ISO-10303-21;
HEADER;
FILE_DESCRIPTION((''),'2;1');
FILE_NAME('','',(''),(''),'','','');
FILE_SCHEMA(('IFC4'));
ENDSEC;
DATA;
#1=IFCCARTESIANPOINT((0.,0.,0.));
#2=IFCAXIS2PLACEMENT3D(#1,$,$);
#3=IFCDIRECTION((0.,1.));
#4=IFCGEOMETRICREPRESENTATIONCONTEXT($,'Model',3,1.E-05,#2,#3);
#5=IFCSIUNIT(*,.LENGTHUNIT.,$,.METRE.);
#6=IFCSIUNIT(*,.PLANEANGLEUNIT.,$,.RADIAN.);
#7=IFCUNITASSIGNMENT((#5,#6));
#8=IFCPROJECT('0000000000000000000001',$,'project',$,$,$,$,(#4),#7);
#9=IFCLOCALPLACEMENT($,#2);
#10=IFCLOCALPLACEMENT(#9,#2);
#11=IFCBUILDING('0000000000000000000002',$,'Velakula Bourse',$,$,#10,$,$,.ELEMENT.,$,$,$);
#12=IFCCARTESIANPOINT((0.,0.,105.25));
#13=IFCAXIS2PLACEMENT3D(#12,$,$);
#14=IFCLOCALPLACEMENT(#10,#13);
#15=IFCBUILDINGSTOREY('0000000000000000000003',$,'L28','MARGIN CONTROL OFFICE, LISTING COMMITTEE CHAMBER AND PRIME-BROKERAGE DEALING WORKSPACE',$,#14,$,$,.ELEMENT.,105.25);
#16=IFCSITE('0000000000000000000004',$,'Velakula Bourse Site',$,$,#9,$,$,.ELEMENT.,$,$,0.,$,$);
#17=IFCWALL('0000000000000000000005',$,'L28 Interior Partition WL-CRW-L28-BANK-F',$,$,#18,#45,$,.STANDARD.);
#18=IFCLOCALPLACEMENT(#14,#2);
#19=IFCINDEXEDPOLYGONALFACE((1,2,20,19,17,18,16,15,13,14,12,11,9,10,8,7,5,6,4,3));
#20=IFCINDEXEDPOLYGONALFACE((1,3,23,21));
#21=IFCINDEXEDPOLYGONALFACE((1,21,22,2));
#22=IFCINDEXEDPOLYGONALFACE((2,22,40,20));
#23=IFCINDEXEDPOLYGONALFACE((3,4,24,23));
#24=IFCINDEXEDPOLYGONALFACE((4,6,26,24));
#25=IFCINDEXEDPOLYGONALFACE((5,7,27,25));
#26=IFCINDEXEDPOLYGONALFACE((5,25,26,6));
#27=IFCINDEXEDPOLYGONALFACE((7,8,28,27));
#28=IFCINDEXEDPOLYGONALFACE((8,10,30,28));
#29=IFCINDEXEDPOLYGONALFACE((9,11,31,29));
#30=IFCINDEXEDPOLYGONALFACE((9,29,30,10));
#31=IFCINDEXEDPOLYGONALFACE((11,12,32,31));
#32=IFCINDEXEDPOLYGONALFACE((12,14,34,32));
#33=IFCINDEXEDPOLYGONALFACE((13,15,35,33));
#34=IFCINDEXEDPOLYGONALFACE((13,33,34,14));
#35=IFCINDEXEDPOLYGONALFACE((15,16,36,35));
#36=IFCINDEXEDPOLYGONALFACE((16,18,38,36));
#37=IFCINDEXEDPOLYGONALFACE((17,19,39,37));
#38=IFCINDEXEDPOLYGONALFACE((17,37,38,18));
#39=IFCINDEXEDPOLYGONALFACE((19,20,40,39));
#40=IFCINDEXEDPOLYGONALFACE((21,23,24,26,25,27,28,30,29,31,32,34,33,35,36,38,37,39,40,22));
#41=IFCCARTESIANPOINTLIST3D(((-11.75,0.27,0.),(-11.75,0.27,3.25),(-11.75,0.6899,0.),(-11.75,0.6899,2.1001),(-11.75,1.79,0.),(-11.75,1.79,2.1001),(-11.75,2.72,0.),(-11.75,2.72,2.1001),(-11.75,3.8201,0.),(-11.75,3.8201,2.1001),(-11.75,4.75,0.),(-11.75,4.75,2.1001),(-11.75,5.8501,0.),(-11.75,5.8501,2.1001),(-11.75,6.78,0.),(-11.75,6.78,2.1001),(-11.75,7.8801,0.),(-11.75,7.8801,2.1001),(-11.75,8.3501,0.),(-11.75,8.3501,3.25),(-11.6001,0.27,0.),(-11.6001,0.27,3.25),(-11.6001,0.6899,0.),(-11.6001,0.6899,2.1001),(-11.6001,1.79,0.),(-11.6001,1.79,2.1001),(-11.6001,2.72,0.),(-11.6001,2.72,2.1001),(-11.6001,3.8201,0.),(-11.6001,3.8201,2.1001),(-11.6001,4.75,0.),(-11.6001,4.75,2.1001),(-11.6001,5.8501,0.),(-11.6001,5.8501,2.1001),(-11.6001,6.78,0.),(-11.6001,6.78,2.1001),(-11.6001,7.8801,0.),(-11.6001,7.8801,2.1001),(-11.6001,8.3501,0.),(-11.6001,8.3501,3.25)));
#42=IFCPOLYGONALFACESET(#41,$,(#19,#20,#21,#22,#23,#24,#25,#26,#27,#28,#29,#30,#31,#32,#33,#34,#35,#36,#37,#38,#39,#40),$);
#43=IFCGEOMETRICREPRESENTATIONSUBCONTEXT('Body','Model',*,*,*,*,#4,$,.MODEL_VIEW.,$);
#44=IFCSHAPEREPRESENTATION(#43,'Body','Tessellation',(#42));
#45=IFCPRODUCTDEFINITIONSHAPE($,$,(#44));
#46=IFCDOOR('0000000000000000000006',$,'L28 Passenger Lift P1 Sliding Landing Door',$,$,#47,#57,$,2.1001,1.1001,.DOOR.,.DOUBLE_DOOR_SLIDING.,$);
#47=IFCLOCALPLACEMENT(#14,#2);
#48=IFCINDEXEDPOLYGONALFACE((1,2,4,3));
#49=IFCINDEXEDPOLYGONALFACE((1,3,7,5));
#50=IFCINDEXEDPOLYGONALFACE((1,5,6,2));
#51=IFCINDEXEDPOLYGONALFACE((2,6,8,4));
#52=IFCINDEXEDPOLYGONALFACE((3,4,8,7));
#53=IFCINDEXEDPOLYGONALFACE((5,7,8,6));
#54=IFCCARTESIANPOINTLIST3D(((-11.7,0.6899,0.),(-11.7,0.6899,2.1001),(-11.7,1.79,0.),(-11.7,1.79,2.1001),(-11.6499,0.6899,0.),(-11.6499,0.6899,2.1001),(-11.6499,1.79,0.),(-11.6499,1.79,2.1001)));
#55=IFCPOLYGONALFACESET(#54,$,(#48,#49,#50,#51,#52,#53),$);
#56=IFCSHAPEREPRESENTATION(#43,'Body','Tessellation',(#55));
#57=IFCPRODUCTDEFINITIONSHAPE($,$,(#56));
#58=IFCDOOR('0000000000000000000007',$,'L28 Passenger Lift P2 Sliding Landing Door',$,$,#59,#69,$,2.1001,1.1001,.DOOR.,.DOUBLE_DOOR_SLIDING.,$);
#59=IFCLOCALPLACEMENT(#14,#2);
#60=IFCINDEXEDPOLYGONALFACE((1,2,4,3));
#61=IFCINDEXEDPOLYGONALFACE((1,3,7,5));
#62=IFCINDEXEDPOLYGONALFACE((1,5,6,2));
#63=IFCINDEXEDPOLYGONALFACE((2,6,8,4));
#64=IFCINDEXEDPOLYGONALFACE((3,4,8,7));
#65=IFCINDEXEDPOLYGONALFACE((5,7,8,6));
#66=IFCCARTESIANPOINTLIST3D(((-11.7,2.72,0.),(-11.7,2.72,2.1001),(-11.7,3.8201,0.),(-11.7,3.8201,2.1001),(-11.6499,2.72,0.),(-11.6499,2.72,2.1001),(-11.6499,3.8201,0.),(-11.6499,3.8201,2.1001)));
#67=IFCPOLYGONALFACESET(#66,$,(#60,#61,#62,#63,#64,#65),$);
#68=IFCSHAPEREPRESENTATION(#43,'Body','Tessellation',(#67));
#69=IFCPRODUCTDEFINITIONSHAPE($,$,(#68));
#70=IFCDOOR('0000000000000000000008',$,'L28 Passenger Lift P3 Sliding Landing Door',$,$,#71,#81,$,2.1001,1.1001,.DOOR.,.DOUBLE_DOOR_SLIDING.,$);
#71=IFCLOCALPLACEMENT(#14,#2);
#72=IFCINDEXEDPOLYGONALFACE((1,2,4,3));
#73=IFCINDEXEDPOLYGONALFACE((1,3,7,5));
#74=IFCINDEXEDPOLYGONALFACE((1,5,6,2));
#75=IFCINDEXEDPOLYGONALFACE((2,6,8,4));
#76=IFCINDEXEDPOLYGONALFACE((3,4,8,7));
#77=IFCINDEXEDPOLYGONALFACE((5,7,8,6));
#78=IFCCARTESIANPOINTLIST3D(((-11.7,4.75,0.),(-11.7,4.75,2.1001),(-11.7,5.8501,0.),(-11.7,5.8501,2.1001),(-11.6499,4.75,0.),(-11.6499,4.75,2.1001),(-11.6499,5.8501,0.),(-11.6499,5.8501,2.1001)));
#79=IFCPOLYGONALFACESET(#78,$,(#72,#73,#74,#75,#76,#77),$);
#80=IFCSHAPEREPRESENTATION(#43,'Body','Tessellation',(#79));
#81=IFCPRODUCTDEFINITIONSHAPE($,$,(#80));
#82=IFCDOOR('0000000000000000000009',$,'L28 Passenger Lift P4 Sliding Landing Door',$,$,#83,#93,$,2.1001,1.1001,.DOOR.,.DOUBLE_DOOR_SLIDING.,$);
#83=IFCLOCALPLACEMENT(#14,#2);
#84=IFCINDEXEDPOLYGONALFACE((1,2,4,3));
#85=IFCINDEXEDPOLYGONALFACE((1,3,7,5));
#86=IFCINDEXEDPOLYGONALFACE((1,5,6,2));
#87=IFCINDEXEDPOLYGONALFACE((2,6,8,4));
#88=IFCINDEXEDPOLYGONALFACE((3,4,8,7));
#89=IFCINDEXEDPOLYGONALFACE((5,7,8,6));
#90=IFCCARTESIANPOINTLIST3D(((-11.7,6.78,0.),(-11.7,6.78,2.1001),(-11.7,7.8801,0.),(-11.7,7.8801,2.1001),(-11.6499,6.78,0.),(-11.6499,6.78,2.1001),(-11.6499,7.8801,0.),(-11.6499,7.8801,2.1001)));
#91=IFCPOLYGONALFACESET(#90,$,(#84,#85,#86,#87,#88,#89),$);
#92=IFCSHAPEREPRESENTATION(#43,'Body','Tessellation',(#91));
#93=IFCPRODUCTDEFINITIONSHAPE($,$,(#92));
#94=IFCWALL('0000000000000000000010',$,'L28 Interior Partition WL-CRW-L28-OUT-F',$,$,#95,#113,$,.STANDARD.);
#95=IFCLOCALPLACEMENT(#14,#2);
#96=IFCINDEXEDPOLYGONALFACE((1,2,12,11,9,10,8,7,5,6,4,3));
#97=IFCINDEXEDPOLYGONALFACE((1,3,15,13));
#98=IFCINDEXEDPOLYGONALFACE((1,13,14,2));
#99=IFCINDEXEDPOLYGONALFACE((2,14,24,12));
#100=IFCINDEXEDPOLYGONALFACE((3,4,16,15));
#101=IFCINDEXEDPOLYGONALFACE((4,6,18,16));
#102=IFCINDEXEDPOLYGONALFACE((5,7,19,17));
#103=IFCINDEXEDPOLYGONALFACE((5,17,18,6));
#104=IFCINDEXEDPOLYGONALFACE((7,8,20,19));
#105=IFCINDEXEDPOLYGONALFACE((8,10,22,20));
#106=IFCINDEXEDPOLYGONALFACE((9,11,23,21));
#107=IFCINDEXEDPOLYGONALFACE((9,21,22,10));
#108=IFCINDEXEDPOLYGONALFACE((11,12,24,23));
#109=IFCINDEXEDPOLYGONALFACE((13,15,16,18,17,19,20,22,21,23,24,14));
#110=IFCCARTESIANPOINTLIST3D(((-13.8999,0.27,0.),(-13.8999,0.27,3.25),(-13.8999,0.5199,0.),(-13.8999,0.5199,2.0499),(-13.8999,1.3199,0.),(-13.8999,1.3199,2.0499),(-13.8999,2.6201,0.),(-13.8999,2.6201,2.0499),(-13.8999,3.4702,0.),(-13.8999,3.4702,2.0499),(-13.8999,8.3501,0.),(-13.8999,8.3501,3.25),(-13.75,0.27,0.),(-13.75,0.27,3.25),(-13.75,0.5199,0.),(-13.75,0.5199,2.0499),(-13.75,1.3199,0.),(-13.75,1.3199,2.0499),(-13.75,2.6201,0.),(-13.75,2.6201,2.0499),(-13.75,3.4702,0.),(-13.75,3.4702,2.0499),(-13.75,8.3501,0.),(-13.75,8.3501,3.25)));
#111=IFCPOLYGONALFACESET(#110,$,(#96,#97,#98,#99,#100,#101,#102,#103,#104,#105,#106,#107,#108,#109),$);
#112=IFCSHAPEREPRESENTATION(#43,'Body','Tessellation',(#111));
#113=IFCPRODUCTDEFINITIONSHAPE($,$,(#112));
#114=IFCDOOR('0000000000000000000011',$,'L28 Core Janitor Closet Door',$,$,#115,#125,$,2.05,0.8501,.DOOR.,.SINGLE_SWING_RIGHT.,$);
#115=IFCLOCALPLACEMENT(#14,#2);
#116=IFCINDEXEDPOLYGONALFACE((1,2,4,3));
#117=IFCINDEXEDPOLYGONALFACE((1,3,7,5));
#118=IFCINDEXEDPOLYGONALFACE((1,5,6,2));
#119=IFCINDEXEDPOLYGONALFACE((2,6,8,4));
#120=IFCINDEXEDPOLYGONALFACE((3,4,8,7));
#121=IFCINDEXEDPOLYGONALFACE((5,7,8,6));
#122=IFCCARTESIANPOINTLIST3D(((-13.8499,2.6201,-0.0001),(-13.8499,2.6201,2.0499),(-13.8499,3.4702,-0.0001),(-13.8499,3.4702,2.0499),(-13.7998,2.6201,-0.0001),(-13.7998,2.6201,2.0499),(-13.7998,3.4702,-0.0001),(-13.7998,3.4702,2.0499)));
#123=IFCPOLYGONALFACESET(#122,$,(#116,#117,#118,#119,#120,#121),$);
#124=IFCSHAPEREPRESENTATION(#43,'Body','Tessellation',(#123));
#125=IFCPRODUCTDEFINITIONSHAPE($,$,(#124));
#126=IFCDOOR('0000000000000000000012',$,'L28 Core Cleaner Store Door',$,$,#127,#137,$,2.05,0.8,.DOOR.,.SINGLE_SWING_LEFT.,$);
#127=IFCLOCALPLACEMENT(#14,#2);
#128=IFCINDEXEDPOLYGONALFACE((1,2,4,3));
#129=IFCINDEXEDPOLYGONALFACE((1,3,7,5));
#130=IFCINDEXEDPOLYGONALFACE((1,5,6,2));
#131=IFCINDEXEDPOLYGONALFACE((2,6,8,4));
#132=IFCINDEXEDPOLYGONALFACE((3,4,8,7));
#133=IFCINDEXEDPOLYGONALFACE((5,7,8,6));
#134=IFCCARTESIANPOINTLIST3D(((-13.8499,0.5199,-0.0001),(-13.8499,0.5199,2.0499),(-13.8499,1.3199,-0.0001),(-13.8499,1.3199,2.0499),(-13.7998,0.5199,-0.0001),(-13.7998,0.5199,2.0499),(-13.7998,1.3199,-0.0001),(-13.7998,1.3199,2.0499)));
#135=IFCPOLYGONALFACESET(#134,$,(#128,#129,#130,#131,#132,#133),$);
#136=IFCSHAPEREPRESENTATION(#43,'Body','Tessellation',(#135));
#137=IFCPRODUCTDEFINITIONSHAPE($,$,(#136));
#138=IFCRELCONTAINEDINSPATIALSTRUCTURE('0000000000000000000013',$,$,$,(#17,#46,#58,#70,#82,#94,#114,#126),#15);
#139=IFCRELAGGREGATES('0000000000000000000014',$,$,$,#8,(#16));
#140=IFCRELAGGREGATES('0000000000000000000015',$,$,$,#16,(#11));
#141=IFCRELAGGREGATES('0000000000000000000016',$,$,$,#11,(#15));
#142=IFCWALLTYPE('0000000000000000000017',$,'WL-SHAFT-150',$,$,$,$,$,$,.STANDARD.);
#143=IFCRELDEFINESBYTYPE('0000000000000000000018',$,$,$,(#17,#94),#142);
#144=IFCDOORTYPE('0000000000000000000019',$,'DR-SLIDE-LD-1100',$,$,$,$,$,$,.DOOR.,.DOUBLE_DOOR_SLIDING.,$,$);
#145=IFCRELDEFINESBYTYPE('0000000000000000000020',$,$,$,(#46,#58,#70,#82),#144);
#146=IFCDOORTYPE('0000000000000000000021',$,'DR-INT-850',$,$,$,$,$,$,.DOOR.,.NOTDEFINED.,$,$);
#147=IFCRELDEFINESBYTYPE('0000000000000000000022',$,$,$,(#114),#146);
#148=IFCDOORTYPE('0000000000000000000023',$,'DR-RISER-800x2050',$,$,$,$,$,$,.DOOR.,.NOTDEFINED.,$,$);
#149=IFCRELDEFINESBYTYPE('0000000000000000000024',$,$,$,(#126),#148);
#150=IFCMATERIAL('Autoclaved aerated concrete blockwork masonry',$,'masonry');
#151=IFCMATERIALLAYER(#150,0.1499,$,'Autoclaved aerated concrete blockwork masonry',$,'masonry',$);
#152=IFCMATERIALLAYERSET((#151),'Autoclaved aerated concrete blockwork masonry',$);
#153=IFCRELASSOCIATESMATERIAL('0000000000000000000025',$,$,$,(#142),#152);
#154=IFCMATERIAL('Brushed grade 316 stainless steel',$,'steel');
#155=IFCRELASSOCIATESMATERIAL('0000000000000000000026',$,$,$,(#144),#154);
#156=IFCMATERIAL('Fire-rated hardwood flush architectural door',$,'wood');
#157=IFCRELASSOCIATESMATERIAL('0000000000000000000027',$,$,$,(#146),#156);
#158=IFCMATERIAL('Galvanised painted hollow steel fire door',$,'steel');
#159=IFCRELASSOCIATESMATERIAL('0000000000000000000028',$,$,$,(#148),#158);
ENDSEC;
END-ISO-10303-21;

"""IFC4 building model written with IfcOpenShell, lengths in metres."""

from ifc_helpers import new_model, si_unit, direction, frame, frame_2d, origin, place, context, subcontext, project, spatial, rectangle, extrude, material, layer, layer_set, type_object, element, fill, save


model = new_model("IFC4")

# Units and contexts
model_context = context("Model", 3, precision=1e-05, world=origin(), true_north=direction((0.0, 1.0)))
body_context = subcontext(model_context, "Body", "Model", "MODEL_VIEW")
ifc_project = project(units=[si_unit("LENGTHUNIT", "METRE"), si_unit("PLANEANGLEUNIT", "RADIAN")], contexts=[model_context])

# Site, building, storey
site_placement = place(None, origin())
site = spatial("IfcSite", under=ifc_project, at=site_placement, Name="Velakula Bourse Site", CompositionType="ELEMENT", RefElevation=0.0)
building_placement = place(site_placement, origin())
building = spatial("IfcBuilding", under=site, at=building_placement, Name="Velakula Bourse", CompositionType="ELEMENT")
storey_placement = place(building_placement, frame((0.0, 0.0, 105.25)))
storey = spatial("IfcBuildingStorey", under=building, at=storey_placement, Name="L28", Description="MARGIN CONTROL OFFICE, LISTING COMMITTEE CHAMBER AND PRIME-BROKERAGE DEALING WORKSPACE", CompositionType="ELEMENT", Elevation=105.25)

# Shared definitions
ifc_material_1 = material(Name="Fire-rated hardwood flush architectural door", Category="wood")

# Shared definitions
ifc_material_2 = material(Name="Autoclaved aerated concrete blockwork masonry", Category="masonry")
ifc_layer_1 = layer(ifc_material_2, 0.1499, Name="Autoclaved aerated concrete blockwork masonry", Category="masonry")
ifc_layer_set_1 = layer_set([ifc_layer_1], Name="Autoclaved aerated concrete blockwork masonry")
wall_type_1 = type_object("IfcWallType", Name="WL-SHAFT-150", PredefinedType="STANDARD", material=ifc_layer_set_1)

# Walls, openings, doors
wall_1_placement = place(storey_placement, frame((-11.675, 0.27, 0.0), z_axis=(0.0, 0.0, 1.0), x_axis=(0.0, 1.0, 0.0)))
wall_1 = element("IfcWall", 1, at=wall_1_placement, inside=storey, type_object=wall_type_1, Name="L28 Interior Partition WL-CRW-L28-BANK-F", PredefinedType="STANDARD", context=body_context, shape_type="SweptSolid", body=[
    extrude(rectangle(XDim=8.0801, YDim=0.1499, at=frame_2d((4.04, 0.0))), origin(), (0.0, 0.0, 1.0), 3.25),
])
opening_1_placement = place(wall_1_placement, frame((0.4199, 0.0, 0.0)))
opening_1 = element("IfcOpeningElement", 2, at=opening_1_placement, cuts=wall_1, PredefinedType="OPENING", context=body_context, shape_type="SweptSolid", body=[
    extrude(rectangle(XDim=1.1001, YDim=2.1001, at=frame_2d((0.55, 1.05))), frame((0.0, 0.085, 0.0), z_axis=(0.0, -1.0, 0.0), x_axis=(1.0, 0.0, 0.0)), (0.0, 0.0, 1.0), 0.1699),
])
opening_2_placement = place(wall_1_placement, frame((2.45, 0.0, 0.0)))
opening_2 = element("IfcOpeningElement", 3, at=opening_2_placement, cuts=wall_1, PredefinedType="OPENING", context=body_context, shape_type="SweptSolid", body=[
    extrude(rectangle(XDim=1.1001, YDim=2.1001, at=frame_2d((0.55, 1.05))), frame((0.0, 0.085, 0.0), z_axis=(0.0, -1.0, 0.0), x_axis=(1.0, 0.0, 0.0)), (0.0, 0.0, 1.0), 0.1699),
])
opening_3_placement = place(wall_1_placement, frame((4.48, 0.0, 0.0)))
opening_3 = element("IfcOpeningElement", 4, at=opening_3_placement, cuts=wall_1, PredefinedType="OPENING", context=body_context, shape_type="SweptSolid", body=[
    extrude(rectangle(XDim=1.1001, YDim=2.1001, at=frame_2d((0.55, 1.05))), frame((0.0, 0.085, 0.0), z_axis=(0.0, -1.0, 0.0), x_axis=(1.0, 0.0, 0.0)), (0.0, 0.0, 1.0), 0.1699),
])
opening_4_placement = place(wall_1_placement, frame((6.51, 0.0, 0.0)))
opening_4 = element("IfcOpeningElement", 5, at=opening_4_placement, cuts=wall_1, PredefinedType="OPENING", context=body_context, shape_type="SweptSolid", body=[
    extrude(rectangle(XDim=1.1001, YDim=2.1001, at=frame_2d((0.55, 1.05))), frame((0.0, 0.085, 0.0), z_axis=(0.0, -1.0, 0.0), x_axis=(1.0, 0.0, 0.0)), (0.0, 0.0, 1.0), 0.1699),
])
ifc_material_3 = material(Name="Brushed grade 316 stainless steel", Category="steel")
door_type_1 = type_object("IfcDoorType", Name="DR-SLIDE-LD-1100", OperationType="DOUBLE_DOOR_SLIDING", PredefinedType="DOOR", material=ifc_material_3)
door_1_placement = place(opening_1_placement, origin())
door_1 = element("IfcDoor", 6, at=door_1_placement, inside=storey, type_object=door_type_1, Name="L28 Passenger Lift P1 Sliding Landing Door", OperationType="DOUBLE_DOOR_SLIDING", OverallHeight=2.1001, OverallWidth=1.1001, PredefinedType="DOOR", context=body_context, shape_type="SweptSolid", body=[
    extrude(rectangle(XDim=1.1001, YDim=2.1001, at=frame_2d((0.55, 1.05))), frame((0.0, 0.0249, 0.0), z_axis=(0.0, -1.0, 0.0), x_axis=(1.0, 0.0, 0.0)), (0.0, 0.0, 1.0), 0.05),
])
fill(opening_1, door_1)
door_2_placement = place(opening_2_placement, origin())
door_2 = element("IfcDoor", 7, at=door_2_placement, inside=storey, type_object=door_type_1, Name="L28 Passenger Lift P2 Sliding Landing Door", OperationType="DOUBLE_DOOR_SLIDING", OverallHeight=2.1001, OverallWidth=1.1001, PredefinedType="DOOR", context=body_context, shape_type="SweptSolid", body=[
    extrude(rectangle(XDim=1.1001, YDim=2.1001, at=frame_2d((0.55, 1.05))), frame((0.0, 0.0249, 0.0), z_axis=(0.0, -1.0, 0.0), x_axis=(1.0, 0.0, 0.0)), (0.0, 0.0, 1.0), 0.05),
])
fill(opening_2, door_2)
door_3_placement = place(opening_3_placement, origin())
door_3 = element("IfcDoor", 8, at=door_3_placement, inside=storey, type_object=door_type_1, Name="L28 Passenger Lift P3 Sliding Landing Door", OperationType="DOUBLE_DOOR_SLIDING", OverallHeight=2.1001, OverallWidth=1.1001, PredefinedType="DOOR", context=body_context, shape_type="SweptSolid", body=[
    extrude(rectangle(XDim=1.1001, YDim=2.1001, at=frame_2d((0.55, 1.05))), frame((0.0, 0.0249, 0.0), z_axis=(0.0, -1.0, 0.0), x_axis=(1.0, 0.0, 0.0)), (0.0, 0.0, 1.0), 0.05),
])
fill(opening_3, door_3)
door_4_placement = place(opening_4_placement, origin())
door_4 = element("IfcDoor", 9, at=door_4_placement, inside=storey, type_object=door_type_1, Name="L28 Passenger Lift P4 Sliding Landing Door", OperationType="DOUBLE_DOOR_SLIDING", OverallHeight=2.1001, OverallWidth=1.1001, PredefinedType="DOOR", context=body_context, shape_type="SweptSolid", body=[
    extrude(rectangle(XDim=1.1001, YDim=2.1001, at=frame_2d((0.55, 1.05))), frame((0.0, 0.0249, 0.0), z_axis=(0.0, -1.0, 0.0), x_axis=(1.0, 0.0, 0.0)), (0.0, 0.0, 1.0), 0.05),
])
fill(opening_4, door_4)
wall_2_placement = place(storey_placement, frame((-13.825, 0.27, 0.0), z_axis=(0.0, 0.0, 1.0), x_axis=(0.0, 1.0, 0.0)))
wall_2 = element("IfcWall", 10, at=wall_2_placement, inside=storey, type_object=wall_type_1, Name="L28 Interior Partition WL-CRW-L28-OUT-F", PredefinedType="STANDARD", context=body_context, shape_type="SweptSolid", body=[
    extrude(rectangle(XDim=8.0801, YDim=0.1499, at=frame_2d((4.04, 0.0))), origin(), (0.0, 0.0, 1.0), 3.25),
])
opening_5_placement = place(wall_2_placement, frame((0.25, 0.0, 0.0)))
opening_5 = element("IfcOpeningElement", 11, at=opening_5_placement, cuts=wall_2, PredefinedType="OPENING", context=body_context, shape_type="SweptSolid", body=[
    extrude(rectangle(XDim=0.8, YDim=2.05, at=frame_2d((0.3999, 1.0249))), frame((0.0, 0.085, 0.0), z_axis=(0.0, -1.0, 0.0), x_axis=(1.0, 0.0, 0.0)), (0.0, 0.0, 1.0), 0.1699),
])
opening_6_placement = place(wall_2_placement, frame((2.3501, 0.0, 0.0)))
opening_6 = element("IfcOpeningElement", 12, at=opening_6_placement, cuts=wall_2, PredefinedType="OPENING", context=body_context, shape_type="SweptSolid", body=[
    extrude(rectangle(XDim=0.8501, YDim=2.05, at=frame_2d((0.425, 1.0249))), frame((0.0, 0.085, 0.0), z_axis=(0.0, -1.0, 0.0), x_axis=(1.0, 0.0, 0.0)), (0.0, 0.0, 1.0), 0.1699),
])
door_type_2 = type_object("IfcDoorType", Name="DR-INT-850", OperationType="NOTDEFINED", PredefinedType="DOOR", material=ifc_material_1)
door_5_placement = place(opening_6_placement, origin())
door_5 = element("IfcDoor", 13, at=door_5_placement, inside=storey, type_object=door_type_2, Name="L28 Core Janitor Closet Door", OperationType="SINGLE_SWING_RIGHT", OverallHeight=2.05, OverallWidth=0.8501, PredefinedType="DOOR", context=body_context, shape_type="SweptSolid", body=[
    extrude(rectangle(XDim=0.8501, YDim=2.05, at=frame_2d((0.425, 1.0249))), frame((0.0, 0.0249, 0.0), z_axis=(0.0, -1.0, 0.0), x_axis=(1.0, 0.0, 0.0)), (0.0, 0.0, 1.0), 0.05),
])
fill(opening_6, door_5)
ifc_material_4 = material(Name="Galvanised painted hollow steel fire door", Category="steel")
door_type_3 = type_object("IfcDoorType", Name="DR-RISER-800x2050", OperationType="NOTDEFINED", PredefinedType="DOOR", material=ifc_material_4)
door_6_placement = place(opening_5_placement, origin())
door_6 = element("IfcDoor", 14, at=door_6_placement, inside=storey, type_object=door_type_3, Name="L28 Core Cleaner Store Door", OperationType="SINGLE_SWING_LEFT", OverallHeight=2.05, OverallWidth=0.8, PredefinedType="DOOR", context=body_context, shape_type="SweptSolid", body=[
    extrude(rectangle(XDim=0.8, YDim=2.05, at=frame_2d((0.3999, 1.0249))), frame((0.0, 0.0249, 0.0), z_axis=(0.0, -1.0, 0.0), x_axis=(1.0, 0.0, 0.0)), (0.0, 0.0, 1.0), 0.05),
])
fill(opening_5, door_6)

save(model, "model.ifc")
